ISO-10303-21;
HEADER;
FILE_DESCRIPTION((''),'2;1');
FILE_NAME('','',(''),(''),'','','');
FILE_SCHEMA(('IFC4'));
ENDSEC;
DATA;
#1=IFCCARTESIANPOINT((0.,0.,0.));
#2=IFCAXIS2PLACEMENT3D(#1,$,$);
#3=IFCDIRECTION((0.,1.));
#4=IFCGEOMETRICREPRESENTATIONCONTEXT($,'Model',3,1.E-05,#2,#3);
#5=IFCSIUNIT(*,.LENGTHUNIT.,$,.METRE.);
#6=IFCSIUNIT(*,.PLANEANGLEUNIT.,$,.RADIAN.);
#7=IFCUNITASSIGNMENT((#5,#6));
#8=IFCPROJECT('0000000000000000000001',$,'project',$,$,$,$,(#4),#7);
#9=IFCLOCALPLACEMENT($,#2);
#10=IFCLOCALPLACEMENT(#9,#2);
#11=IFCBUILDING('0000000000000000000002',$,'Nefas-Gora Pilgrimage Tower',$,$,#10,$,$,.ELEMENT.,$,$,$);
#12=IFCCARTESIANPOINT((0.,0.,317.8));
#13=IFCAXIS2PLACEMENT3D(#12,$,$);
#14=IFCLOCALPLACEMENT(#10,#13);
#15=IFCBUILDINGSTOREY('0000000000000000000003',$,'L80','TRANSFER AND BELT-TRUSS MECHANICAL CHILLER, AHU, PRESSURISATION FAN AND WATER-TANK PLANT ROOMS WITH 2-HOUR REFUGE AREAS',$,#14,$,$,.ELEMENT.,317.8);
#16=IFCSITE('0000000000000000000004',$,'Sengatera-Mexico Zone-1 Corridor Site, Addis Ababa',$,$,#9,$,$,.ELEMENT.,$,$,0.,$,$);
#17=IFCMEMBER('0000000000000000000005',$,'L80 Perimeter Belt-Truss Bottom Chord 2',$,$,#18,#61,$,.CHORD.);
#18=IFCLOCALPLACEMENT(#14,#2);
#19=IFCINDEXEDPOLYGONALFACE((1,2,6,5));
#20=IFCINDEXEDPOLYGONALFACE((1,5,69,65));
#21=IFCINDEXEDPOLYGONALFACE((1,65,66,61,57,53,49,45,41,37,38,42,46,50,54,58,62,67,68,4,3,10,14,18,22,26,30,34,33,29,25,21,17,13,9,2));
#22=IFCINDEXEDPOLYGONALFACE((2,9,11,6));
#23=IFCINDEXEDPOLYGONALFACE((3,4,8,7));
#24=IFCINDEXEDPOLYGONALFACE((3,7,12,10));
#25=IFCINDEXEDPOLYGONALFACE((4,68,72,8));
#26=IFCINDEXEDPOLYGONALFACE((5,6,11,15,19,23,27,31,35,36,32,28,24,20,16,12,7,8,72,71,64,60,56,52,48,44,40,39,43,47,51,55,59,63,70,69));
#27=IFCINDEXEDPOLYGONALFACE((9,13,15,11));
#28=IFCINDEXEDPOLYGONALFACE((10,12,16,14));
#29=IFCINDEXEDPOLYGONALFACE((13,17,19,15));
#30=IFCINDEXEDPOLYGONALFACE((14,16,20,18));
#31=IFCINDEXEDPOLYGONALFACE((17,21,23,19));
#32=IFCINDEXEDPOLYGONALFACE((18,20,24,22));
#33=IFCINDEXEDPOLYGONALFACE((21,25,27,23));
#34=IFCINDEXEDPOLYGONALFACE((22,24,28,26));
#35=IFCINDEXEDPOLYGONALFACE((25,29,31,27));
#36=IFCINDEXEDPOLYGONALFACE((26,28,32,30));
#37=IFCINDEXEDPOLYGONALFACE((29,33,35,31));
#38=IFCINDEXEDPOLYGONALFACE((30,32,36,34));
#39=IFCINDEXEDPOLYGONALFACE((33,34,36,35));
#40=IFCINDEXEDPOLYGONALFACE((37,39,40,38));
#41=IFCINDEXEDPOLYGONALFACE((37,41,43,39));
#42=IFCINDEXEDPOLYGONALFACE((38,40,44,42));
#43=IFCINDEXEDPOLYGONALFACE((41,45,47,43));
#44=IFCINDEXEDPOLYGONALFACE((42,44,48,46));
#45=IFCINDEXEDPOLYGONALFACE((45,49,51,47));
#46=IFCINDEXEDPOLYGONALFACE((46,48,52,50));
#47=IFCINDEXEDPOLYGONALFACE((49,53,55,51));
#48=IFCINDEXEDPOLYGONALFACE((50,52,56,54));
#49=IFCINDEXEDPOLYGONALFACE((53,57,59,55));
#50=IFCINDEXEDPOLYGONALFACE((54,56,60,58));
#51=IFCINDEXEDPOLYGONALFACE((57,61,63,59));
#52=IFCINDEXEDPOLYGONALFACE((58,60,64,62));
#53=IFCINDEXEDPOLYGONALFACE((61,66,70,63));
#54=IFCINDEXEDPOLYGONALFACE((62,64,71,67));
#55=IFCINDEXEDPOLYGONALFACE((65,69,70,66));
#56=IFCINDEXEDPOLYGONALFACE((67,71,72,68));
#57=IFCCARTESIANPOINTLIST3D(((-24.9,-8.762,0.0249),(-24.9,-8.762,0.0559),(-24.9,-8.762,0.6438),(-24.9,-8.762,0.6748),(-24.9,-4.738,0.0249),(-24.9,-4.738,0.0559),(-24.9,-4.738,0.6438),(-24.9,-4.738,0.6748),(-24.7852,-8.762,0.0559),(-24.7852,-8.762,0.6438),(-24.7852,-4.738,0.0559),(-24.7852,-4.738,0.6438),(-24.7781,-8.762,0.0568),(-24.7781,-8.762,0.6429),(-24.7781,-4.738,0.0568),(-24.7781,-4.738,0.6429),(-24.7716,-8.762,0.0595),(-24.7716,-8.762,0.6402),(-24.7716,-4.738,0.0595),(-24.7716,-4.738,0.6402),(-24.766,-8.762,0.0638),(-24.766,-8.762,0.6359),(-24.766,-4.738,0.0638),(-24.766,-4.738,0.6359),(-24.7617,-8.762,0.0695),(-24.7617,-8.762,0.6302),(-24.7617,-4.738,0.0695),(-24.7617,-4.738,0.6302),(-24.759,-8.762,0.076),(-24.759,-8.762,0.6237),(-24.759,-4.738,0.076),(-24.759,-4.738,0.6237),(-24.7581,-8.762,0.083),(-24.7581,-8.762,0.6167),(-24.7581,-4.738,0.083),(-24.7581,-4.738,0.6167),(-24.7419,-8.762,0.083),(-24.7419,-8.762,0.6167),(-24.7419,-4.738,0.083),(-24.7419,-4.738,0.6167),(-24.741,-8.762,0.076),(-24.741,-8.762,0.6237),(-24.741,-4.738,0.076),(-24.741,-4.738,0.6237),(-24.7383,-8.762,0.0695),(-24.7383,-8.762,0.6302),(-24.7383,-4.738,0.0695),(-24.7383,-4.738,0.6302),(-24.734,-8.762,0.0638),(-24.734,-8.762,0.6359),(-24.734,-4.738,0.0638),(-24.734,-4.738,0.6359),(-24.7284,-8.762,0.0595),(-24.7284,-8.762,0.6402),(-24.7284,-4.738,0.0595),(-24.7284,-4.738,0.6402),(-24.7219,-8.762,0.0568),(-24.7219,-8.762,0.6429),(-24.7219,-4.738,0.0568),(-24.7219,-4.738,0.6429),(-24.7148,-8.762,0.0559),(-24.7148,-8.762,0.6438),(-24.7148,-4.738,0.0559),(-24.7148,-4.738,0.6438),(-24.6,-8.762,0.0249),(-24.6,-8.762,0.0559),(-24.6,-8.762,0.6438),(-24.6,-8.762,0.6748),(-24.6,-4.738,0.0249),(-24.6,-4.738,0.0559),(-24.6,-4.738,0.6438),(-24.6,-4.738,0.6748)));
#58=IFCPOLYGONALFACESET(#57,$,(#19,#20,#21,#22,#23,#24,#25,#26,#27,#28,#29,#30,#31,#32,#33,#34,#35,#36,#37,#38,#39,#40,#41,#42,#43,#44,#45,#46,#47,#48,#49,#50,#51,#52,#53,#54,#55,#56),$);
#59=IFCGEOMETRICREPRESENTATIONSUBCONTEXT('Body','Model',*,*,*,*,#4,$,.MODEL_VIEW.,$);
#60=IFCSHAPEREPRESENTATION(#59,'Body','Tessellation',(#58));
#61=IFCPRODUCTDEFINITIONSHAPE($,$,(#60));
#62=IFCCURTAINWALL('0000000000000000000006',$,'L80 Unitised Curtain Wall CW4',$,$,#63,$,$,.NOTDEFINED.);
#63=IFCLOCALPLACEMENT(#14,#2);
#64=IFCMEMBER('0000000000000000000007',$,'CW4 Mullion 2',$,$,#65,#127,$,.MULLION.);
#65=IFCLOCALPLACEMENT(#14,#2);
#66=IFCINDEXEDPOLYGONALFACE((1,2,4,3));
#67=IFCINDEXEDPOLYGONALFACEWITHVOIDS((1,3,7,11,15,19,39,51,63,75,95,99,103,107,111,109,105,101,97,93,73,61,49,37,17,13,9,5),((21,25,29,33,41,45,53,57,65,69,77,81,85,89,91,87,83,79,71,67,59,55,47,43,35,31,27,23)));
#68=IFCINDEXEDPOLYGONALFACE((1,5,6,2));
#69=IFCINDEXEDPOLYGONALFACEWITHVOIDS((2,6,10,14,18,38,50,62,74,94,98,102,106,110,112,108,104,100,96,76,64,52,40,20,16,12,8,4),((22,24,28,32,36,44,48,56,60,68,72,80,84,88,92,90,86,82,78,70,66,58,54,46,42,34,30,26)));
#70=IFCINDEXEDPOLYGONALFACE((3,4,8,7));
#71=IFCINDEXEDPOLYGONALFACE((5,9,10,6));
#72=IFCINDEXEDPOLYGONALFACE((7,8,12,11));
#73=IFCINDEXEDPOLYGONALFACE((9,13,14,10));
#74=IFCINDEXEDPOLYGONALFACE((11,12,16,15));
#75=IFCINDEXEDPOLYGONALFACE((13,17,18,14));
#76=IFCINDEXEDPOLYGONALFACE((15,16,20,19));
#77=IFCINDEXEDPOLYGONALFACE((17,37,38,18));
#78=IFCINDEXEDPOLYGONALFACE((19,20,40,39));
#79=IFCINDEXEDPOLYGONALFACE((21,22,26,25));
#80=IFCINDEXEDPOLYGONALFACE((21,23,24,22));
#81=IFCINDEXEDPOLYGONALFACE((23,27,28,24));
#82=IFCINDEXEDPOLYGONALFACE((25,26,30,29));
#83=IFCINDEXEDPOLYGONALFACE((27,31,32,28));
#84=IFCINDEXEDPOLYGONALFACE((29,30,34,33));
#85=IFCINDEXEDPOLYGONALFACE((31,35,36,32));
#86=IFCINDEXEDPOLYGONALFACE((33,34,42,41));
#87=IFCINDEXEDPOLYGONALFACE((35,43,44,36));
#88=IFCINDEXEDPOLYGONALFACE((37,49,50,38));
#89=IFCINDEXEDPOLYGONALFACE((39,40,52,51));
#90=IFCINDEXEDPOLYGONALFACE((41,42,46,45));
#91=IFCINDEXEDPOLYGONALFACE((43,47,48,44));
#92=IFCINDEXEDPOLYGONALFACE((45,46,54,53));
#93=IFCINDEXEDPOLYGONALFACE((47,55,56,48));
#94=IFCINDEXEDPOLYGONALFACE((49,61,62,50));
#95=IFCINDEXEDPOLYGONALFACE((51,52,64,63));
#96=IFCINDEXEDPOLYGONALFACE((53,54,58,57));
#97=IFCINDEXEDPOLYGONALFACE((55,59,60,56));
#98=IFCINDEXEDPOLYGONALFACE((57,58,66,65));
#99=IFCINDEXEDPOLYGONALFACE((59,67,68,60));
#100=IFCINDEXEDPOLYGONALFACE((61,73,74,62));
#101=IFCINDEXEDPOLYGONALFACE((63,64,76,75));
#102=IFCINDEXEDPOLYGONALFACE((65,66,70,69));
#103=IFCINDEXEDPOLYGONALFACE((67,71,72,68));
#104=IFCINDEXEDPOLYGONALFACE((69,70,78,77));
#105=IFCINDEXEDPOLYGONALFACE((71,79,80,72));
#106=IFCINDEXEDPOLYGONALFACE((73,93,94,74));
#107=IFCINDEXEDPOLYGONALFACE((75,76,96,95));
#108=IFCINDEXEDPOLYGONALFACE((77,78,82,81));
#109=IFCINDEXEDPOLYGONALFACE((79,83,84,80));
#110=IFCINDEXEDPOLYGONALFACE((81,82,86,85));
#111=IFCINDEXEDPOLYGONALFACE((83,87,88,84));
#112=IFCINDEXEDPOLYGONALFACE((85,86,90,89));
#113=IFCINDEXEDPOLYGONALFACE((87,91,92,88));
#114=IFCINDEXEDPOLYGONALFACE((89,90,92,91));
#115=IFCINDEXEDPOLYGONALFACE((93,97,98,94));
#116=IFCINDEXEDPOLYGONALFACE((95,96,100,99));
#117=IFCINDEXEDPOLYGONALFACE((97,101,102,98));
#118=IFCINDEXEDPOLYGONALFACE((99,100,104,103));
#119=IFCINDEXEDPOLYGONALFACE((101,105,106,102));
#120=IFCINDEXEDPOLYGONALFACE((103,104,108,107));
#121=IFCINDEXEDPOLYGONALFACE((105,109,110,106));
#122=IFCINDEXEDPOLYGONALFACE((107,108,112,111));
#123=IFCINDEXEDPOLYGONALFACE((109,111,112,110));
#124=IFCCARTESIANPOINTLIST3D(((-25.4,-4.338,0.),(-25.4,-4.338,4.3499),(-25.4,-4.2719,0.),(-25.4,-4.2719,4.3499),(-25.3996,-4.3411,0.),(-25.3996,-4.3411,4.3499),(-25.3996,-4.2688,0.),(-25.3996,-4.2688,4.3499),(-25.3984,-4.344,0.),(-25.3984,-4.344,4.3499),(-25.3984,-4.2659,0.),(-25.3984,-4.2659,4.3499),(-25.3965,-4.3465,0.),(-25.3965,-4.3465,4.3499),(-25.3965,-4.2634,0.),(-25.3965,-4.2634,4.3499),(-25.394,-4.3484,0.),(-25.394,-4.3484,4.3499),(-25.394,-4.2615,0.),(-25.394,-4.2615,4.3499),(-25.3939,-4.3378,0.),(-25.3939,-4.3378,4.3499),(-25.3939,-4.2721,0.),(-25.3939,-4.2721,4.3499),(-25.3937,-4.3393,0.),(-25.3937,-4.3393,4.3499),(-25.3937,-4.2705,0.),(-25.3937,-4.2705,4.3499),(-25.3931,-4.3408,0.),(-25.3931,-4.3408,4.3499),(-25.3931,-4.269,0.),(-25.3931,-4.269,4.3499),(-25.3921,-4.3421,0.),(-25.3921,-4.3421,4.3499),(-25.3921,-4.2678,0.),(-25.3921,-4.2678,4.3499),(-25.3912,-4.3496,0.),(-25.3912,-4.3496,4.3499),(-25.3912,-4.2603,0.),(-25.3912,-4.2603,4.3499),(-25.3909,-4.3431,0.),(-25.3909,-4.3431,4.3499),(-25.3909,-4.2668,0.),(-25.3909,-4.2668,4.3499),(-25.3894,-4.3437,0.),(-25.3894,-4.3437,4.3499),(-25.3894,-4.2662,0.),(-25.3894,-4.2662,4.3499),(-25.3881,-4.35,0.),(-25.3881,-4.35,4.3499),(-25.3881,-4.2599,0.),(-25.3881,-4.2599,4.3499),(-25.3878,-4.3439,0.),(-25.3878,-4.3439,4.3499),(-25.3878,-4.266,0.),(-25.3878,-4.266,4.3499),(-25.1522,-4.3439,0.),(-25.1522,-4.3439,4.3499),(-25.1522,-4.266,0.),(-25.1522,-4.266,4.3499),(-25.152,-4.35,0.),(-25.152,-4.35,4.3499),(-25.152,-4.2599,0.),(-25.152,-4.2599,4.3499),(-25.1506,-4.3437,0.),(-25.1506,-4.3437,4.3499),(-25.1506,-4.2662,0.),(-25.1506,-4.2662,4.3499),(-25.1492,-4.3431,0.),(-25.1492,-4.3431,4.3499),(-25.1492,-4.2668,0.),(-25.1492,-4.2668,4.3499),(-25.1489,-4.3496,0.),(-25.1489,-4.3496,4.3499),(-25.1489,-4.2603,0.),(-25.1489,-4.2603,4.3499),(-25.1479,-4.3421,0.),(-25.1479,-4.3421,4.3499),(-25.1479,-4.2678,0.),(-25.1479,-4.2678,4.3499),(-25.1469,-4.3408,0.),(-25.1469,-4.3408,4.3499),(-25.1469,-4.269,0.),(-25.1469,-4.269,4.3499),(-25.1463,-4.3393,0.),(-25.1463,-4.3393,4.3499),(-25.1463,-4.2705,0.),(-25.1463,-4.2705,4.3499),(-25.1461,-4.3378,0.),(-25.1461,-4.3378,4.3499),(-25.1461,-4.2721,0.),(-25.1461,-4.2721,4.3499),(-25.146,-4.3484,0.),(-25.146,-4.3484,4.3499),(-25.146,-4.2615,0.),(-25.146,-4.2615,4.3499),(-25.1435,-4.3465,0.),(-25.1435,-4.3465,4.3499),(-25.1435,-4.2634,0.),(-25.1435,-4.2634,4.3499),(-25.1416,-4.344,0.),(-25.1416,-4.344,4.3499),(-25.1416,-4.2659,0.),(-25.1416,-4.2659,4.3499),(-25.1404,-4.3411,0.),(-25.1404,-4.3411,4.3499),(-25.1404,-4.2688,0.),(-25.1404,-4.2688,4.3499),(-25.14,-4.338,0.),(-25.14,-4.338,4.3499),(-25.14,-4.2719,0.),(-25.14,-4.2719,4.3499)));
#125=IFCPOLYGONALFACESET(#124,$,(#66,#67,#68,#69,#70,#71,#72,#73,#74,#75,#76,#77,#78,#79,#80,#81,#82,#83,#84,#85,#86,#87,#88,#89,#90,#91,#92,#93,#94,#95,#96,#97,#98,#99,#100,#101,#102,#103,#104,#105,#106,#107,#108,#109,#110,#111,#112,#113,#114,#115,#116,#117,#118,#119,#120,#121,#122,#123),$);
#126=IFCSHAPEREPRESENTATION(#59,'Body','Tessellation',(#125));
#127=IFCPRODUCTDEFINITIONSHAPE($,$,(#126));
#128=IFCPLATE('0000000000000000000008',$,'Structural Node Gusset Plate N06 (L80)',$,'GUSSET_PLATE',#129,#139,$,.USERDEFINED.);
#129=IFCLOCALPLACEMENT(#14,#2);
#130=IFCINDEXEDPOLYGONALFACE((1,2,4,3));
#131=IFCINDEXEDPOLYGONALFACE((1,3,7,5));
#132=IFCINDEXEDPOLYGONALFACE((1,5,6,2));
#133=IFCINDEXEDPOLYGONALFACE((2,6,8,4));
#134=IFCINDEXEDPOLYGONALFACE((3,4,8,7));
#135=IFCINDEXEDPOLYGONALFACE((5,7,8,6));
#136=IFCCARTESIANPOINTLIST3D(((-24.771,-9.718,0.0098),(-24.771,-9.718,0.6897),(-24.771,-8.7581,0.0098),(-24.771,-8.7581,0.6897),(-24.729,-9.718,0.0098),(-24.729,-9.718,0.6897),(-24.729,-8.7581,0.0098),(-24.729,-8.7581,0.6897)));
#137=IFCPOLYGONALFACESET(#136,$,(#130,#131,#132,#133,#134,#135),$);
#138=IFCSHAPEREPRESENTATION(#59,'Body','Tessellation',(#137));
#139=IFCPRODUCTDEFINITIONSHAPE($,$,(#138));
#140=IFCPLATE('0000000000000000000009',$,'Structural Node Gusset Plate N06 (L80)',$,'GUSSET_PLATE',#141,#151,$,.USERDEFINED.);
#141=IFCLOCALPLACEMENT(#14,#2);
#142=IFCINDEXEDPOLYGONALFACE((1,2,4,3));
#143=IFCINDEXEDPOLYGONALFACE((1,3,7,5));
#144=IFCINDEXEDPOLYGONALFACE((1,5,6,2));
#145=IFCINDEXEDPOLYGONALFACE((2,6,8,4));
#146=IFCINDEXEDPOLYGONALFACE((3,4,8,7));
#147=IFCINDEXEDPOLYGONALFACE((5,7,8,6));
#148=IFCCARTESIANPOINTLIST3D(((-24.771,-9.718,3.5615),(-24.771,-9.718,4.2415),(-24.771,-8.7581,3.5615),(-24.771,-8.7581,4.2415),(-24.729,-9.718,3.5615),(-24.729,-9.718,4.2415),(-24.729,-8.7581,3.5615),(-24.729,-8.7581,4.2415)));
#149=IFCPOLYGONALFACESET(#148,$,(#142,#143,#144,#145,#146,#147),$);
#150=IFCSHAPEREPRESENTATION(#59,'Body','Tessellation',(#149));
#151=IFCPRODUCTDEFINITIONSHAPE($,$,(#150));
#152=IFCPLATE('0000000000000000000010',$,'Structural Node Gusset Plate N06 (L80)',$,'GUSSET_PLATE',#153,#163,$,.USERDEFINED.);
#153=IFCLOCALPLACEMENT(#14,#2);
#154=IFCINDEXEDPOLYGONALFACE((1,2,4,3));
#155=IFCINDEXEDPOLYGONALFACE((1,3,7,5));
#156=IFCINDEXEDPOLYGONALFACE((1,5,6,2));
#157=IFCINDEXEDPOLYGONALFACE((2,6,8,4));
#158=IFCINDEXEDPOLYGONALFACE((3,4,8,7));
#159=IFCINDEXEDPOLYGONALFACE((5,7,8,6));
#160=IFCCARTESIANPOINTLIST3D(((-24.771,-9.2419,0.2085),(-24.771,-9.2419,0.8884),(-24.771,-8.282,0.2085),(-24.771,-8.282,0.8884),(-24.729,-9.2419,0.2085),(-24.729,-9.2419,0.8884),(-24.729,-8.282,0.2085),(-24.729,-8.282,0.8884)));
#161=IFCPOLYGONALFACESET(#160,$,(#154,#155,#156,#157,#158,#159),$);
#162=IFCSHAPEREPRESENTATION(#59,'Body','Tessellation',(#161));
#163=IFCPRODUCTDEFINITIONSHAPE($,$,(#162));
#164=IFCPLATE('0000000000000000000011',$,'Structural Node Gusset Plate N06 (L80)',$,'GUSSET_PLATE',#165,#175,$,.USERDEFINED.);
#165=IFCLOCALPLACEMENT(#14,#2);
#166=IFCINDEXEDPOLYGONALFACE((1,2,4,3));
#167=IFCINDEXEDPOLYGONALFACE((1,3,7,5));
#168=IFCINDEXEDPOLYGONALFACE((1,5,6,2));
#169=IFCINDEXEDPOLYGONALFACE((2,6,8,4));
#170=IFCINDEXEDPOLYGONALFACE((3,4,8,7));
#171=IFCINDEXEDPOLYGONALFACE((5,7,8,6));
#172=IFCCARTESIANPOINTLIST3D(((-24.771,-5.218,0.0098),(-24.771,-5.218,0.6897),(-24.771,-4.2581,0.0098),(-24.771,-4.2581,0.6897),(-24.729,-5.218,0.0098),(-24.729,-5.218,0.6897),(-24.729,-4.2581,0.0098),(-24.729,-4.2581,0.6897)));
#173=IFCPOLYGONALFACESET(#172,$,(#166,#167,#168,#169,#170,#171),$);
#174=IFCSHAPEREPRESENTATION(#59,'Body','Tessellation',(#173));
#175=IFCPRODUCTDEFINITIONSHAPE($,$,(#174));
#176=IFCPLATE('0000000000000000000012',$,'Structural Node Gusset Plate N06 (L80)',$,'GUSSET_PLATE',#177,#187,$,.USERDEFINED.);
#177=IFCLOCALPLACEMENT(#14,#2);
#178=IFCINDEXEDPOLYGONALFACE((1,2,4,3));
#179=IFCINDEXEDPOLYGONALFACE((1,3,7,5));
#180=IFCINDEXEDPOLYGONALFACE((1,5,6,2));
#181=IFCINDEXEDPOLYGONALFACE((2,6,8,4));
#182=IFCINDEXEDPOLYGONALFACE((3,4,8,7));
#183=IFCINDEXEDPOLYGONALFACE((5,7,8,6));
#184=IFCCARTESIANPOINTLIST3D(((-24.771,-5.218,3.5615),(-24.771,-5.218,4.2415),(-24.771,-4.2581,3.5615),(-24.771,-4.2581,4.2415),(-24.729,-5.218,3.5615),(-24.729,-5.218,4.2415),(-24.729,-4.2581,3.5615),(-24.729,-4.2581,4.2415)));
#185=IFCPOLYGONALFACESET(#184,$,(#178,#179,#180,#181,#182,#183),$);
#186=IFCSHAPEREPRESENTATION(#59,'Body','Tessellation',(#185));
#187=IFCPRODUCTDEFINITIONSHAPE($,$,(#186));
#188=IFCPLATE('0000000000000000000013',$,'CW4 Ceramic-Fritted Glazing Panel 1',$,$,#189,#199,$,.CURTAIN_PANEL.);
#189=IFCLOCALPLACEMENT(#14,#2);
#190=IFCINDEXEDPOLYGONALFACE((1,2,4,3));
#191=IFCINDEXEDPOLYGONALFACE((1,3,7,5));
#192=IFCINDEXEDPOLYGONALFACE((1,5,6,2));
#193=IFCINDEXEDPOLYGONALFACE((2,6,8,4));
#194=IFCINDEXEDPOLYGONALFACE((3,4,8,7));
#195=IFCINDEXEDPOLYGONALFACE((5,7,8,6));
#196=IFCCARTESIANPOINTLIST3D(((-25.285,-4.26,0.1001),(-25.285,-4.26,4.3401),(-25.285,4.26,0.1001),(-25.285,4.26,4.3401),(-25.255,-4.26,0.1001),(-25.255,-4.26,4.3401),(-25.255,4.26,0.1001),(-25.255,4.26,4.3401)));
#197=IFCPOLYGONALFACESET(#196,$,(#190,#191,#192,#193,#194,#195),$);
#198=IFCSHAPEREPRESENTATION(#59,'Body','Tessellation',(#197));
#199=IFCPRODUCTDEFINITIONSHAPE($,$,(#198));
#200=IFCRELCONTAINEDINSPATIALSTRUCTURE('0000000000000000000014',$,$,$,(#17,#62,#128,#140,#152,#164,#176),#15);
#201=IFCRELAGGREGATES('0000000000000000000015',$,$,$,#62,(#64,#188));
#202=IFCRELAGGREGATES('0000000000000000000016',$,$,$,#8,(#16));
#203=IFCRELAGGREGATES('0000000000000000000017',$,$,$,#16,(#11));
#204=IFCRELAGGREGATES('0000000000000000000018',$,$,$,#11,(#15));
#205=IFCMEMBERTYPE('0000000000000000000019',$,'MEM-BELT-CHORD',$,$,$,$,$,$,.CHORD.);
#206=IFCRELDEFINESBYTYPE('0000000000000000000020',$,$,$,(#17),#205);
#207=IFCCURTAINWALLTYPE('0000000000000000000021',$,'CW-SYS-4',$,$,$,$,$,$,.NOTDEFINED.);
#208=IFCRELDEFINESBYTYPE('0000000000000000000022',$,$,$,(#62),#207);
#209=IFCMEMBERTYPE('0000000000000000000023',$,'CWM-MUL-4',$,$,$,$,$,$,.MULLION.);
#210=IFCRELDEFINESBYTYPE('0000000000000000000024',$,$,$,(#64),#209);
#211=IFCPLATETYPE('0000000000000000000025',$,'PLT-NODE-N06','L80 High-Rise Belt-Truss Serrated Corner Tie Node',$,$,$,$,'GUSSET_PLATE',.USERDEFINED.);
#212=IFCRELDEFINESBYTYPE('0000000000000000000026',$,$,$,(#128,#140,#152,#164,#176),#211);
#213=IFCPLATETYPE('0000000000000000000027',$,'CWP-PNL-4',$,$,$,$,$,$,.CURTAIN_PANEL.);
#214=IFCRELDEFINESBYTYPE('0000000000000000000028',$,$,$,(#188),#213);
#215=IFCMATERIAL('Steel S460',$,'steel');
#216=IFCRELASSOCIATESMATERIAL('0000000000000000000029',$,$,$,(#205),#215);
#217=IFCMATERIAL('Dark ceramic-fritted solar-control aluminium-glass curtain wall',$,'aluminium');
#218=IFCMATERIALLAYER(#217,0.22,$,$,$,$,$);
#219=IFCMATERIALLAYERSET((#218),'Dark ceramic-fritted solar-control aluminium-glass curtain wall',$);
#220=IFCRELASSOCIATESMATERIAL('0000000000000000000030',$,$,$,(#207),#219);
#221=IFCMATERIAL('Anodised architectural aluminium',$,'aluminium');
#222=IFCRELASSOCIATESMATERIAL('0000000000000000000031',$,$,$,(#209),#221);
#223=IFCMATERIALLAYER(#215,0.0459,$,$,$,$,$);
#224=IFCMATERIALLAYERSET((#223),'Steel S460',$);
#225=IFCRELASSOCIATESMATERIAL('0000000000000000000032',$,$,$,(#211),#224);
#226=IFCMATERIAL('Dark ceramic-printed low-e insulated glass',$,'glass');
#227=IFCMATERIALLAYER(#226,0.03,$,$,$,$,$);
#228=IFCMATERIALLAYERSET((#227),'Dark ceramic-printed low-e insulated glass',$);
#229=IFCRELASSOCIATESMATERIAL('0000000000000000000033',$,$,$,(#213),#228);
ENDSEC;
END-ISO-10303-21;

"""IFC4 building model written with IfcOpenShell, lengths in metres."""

from ifc_helpers import new_model, si_unit, direction, frame, origin, origin_2d, place, context, subcontext, project, spatial, rectangle, hollow_rectangle, i_section, extrude, source, transform, mapped, material, layer, layer_set, material_profile, profile_set, type_object, element, aggregate, save


model = new_model("IFC4")

# Units and contexts
model_context = context("Model", 3, precision=1e-05, world=origin(), true_north=direction((0.0, 1.0)))
body_context = subcontext(model_context, "Body", "Model", "MODEL_VIEW")
ifc_project = project(units=[si_unit("LENGTHUNIT", "METRE"), si_unit("PLANEANGLEUNIT", "RADIAN")], contexts=[model_context])

# Site, building, storey
site_placement = place(None, origin())
site = spatial("IfcSite", under=ifc_project, at=site_placement, Name="Sengatera-Mexico Zone-1 Corridor Site, Addis Ababa", CompositionType="ELEMENT", RefElevation=0.0)
building_placement = place(site_placement, origin())
building = spatial("IfcBuilding", under=site, at=building_placement, Name="Nefas-Gora Pilgrimage Tower", CompositionType="ELEMENT")
storey_placement = place(building_placement, frame((0.0, 0.0, 317.8)))
storey = spatial("IfcBuildingStorey", under=building, at=storey_placement, Name="L80", Description="TRANSFER AND BELT-TRUSS MECHANICAL CHILLER, AHU, PRESSURISATION FAN AND WATER-TANK PLANT ROOMS WITH 2-HOUR REFUGE AREAS", CompositionType="ELEMENT", Elevation=317.8)

# Member
ifc_material_1 = material(Name="Steel S460", Category="steel")
ifc_material_profile_1 = material_profile(ifc_material_1, i_section(OverallWidth=0.3, OverallDepth=0.6499, WebThickness=0.0161, FlangeThickness=0.031, FilletRadius=0.0271, at=origin_2d()), Name="HEB 650")
ifc_profile_set_1 = profile_set([ifc_material_profile_1], Name="Steel S460")
member_type_1 = type_object("IfcMemberType", Name="MEM-BELT-CHORD", PredefinedType="CHORD", material=ifc_profile_set_1)
shared_shape_1 = source(origin(), body_context, "Body", "SweptSolid", [
    extrude(i_section(OverallWidth=0.3, OverallDepth=0.6499, WebThickness=0.0161, FlangeThickness=0.031, FilletRadius=0.0271, at=origin_2d()), origin(), (0.0, 0.0, 1.0), 4.0239),
])
member_1_placement = place(storey_placement, frame((-24.75, -8.762, 0.3499), z_axis=(0.0, 1.0, 0.0), x_axis=(-1.0, 0.0, 0.0)))
element("IfcMember", 1, at=member_1_placement, inside=storey, type_object=member_type_1, Name="L80 Perimeter Belt-Truss Bottom Chord 2", PredefinedType="CHORD", context=body_context, shape_type="MappedRepresentation", body=[
    mapped(shared_shape_1, transform((0.0, 0.0, 0.0), x_axis=(1.0, 0.0, 0.0), y_axis=(0.0, 1.0, 0.0), z_axis=(0.0, 0.0, 1.0), scale=1.0)),
])

# Curtain wall, member
ifc_material_2 = material(Name="Dark ceramic-fritted solar-control aluminium-glass curtain wall", Category="aluminium")
ifc_layer_1 = layer(ifc_material_2, 0.22)
ifc_layer_set_1 = layer_set([ifc_layer_1], Name="Dark ceramic-fritted solar-control aluminium-glass curtain wall")
curtain_wall_type = type_object("IfcCurtainWallType", Name="CW-SYS-4", PredefinedType="NOTDEFINED", material=ifc_layer_set_1)
curtain_wall_placement = place(storey_placement, origin())
curtain_wall = element("IfcCurtainWall", 2, at=curtain_wall_placement, inside=storey, type_object=curtain_wall_type, Name="L80 Unitised Curtain Wall CW4", PredefinedType="NOTDEFINED")
ifc_material_3 = material(Name="Anodised architectural aluminium", Category="aluminium")
ifc_material_profile_2 = material_profile(ifc_material_3, hollow_rectangle(XDim=0.0901, YDim=0.26, WallThickness=0.0061, InnerFilletRadius=0.0061, OuterFilletRadius=0.012, at=origin_2d()), Name="ALU MULLION 90x260")
ifc_profile_set_2 = profile_set([ifc_material_profile_2], Name="Anodised architectural aluminium")
member_type_2 = type_object("IfcMemberType", Name="CWM-MUL-4", PredefinedType="MULLION", material=ifc_profile_set_2)
shared_shape_2 = source(origin(), body_context, "Body", "SweptSolid", [
    extrude(hollow_rectangle(XDim=0.0901, YDim=0.26, WallThickness=0.0061, InnerFilletRadius=0.0061, OuterFilletRadius=0.012, at=origin_2d()), origin(), (0.0, 0.0, 1.0), 4.3499),
])
member_2_placement = place(storey_placement, frame((-25.27, -4.3049, 0.0), z_axis=(0.0, 0.0, 1.0), x_axis=(0.0, -1.0, 0.0)))
member_2 = element("IfcMember", 3, at=member_2_placement, type_object=member_type_2, Name="CW4 Mullion 2", PredefinedType="MULLION", context=body_context, shape_type="MappedRepresentation", body=[
    mapped(shared_shape_2, transform((0.0, 0.0, 0.0), x_axis=(1.0, 0.0, 0.0), y_axis=(0.0, 1.0, 0.0), z_axis=(0.0, 0.0, 1.0), scale=1.0)),
])

# Plates
ifc_layer_2 = layer(ifc_material_1, 0.0459)
ifc_layer_set_2 = layer_set([ifc_layer_2], Name="Steel S460")
plate_type_1 = type_object("IfcPlateType", Name="PLT-NODE-N06", Description="L80 High-Rise Belt-Truss Serrated Corner Tie Node", ElementType="GUSSET_PLATE", PredefinedType="USERDEFINED", material=ifc_layer_set_2)
shared_shape_3 = source(origin(), body_context, "Body", "SweptSolid", [
    extrude(rectangle(XDim=0.96, YDim=0.042, at=origin_2d()), origin(), (0.0, 0.0, 1.0), 0.6799),
])
for number, where, z_axis, x_axis, name in (
    (4, (-24.75, -9.238, 0.0098), (0.0, 0.0, 1.0), (0.0, 1.0, 0.0), "Structural Node Gusset Plate N06 (L80)"),
    (5, (-24.75, -9.238, 3.5615), (0.0, 0.0, 1.0), (0.0, 1.0, 0.0), "Structural Node Gusset Plate N06 (L80)"),
    (6, (-24.75, -8.762, 0.2085), (0.0, 0.0, 1.0), (0.0, 1.0, 0.0), "Structural Node Gusset Plate N06 (L80)"),
    (7, (-24.75, -4.738, 0.0098), (0.0, 0.0, 1.0), (0.0, 1.0, 0.0), "Structural Node Gusset Plate N06 (L80)"),
    (8, (-24.75, -4.738, 3.5615), (0.0, 0.0, 1.0), (0.0, 1.0, 0.0), "Structural Node Gusset Plate N06 (L80)"),
):
    element("IfcPlate", number, at=place(storey_placement, frame(where, z_axis=z_axis, x_axis=x_axis)), inside=storey, type_object=plate_type_1, Name=name, ObjectType="GUSSET_PLATE", PredefinedType="USERDEFINED", context=body_context, shape_type="MappedRepresentation", body=[
        mapped(shared_shape_3, transform((0.0, 0.0, 0.0), x_axis=(1.0, 0.0, 0.0), y_axis=(0.0, 1.0, 0.0), z_axis=(0.0, 0.0, 1.0), scale=1.0)),
    ])

# Plate
ifc_material_4 = material(Name="Dark ceramic-printed low-e insulated glass", Category="glass")
ifc_layer_3 = layer(ifc_material_4, 0.03)
ifc_layer_set_3 = layer_set([ifc_layer_3], Name="Dark ceramic-printed low-e insulated glass")
plate_type_2 = type_object("IfcPlateType", Name="CWP-PNL-4", PredefinedType="CURTAIN_PANEL", material=ifc_layer_set_3)
shared_shape_4 = source(origin(), body_context, "Body", "SweptSolid", [
    extrude(rectangle(XDim=8.52, YDim=0.03, at=origin_2d()), origin(), (0.0, 0.0, 1.0), 4.24),
])
plate_placement = place(storey_placement, frame((-25.27, 0.0, 0.1001), z_axis=(0.0, 0.0, 1.0), x_axis=(0.0, -1.0, 0.0)))
plate = element("IfcPlate", 9, at=plate_placement, type_object=plate_type_2, Name="CW4 Ceramic-Fritted Glazing Panel 1", PredefinedType="CURTAIN_PANEL", context=body_context, shape_type="MappedRepresentation", body=[
    mapped(shared_shape_4, transform((0.0, 0.0, 0.0), x_axis=(1.0, 0.0, 0.0), y_axis=(0.0, 1.0, 0.0), z_axis=(0.0, 0.0, 1.0), scale=1.0)),
])
aggregate(curtain_wall, [member_2, plate])

save(model, "model.ifc")
